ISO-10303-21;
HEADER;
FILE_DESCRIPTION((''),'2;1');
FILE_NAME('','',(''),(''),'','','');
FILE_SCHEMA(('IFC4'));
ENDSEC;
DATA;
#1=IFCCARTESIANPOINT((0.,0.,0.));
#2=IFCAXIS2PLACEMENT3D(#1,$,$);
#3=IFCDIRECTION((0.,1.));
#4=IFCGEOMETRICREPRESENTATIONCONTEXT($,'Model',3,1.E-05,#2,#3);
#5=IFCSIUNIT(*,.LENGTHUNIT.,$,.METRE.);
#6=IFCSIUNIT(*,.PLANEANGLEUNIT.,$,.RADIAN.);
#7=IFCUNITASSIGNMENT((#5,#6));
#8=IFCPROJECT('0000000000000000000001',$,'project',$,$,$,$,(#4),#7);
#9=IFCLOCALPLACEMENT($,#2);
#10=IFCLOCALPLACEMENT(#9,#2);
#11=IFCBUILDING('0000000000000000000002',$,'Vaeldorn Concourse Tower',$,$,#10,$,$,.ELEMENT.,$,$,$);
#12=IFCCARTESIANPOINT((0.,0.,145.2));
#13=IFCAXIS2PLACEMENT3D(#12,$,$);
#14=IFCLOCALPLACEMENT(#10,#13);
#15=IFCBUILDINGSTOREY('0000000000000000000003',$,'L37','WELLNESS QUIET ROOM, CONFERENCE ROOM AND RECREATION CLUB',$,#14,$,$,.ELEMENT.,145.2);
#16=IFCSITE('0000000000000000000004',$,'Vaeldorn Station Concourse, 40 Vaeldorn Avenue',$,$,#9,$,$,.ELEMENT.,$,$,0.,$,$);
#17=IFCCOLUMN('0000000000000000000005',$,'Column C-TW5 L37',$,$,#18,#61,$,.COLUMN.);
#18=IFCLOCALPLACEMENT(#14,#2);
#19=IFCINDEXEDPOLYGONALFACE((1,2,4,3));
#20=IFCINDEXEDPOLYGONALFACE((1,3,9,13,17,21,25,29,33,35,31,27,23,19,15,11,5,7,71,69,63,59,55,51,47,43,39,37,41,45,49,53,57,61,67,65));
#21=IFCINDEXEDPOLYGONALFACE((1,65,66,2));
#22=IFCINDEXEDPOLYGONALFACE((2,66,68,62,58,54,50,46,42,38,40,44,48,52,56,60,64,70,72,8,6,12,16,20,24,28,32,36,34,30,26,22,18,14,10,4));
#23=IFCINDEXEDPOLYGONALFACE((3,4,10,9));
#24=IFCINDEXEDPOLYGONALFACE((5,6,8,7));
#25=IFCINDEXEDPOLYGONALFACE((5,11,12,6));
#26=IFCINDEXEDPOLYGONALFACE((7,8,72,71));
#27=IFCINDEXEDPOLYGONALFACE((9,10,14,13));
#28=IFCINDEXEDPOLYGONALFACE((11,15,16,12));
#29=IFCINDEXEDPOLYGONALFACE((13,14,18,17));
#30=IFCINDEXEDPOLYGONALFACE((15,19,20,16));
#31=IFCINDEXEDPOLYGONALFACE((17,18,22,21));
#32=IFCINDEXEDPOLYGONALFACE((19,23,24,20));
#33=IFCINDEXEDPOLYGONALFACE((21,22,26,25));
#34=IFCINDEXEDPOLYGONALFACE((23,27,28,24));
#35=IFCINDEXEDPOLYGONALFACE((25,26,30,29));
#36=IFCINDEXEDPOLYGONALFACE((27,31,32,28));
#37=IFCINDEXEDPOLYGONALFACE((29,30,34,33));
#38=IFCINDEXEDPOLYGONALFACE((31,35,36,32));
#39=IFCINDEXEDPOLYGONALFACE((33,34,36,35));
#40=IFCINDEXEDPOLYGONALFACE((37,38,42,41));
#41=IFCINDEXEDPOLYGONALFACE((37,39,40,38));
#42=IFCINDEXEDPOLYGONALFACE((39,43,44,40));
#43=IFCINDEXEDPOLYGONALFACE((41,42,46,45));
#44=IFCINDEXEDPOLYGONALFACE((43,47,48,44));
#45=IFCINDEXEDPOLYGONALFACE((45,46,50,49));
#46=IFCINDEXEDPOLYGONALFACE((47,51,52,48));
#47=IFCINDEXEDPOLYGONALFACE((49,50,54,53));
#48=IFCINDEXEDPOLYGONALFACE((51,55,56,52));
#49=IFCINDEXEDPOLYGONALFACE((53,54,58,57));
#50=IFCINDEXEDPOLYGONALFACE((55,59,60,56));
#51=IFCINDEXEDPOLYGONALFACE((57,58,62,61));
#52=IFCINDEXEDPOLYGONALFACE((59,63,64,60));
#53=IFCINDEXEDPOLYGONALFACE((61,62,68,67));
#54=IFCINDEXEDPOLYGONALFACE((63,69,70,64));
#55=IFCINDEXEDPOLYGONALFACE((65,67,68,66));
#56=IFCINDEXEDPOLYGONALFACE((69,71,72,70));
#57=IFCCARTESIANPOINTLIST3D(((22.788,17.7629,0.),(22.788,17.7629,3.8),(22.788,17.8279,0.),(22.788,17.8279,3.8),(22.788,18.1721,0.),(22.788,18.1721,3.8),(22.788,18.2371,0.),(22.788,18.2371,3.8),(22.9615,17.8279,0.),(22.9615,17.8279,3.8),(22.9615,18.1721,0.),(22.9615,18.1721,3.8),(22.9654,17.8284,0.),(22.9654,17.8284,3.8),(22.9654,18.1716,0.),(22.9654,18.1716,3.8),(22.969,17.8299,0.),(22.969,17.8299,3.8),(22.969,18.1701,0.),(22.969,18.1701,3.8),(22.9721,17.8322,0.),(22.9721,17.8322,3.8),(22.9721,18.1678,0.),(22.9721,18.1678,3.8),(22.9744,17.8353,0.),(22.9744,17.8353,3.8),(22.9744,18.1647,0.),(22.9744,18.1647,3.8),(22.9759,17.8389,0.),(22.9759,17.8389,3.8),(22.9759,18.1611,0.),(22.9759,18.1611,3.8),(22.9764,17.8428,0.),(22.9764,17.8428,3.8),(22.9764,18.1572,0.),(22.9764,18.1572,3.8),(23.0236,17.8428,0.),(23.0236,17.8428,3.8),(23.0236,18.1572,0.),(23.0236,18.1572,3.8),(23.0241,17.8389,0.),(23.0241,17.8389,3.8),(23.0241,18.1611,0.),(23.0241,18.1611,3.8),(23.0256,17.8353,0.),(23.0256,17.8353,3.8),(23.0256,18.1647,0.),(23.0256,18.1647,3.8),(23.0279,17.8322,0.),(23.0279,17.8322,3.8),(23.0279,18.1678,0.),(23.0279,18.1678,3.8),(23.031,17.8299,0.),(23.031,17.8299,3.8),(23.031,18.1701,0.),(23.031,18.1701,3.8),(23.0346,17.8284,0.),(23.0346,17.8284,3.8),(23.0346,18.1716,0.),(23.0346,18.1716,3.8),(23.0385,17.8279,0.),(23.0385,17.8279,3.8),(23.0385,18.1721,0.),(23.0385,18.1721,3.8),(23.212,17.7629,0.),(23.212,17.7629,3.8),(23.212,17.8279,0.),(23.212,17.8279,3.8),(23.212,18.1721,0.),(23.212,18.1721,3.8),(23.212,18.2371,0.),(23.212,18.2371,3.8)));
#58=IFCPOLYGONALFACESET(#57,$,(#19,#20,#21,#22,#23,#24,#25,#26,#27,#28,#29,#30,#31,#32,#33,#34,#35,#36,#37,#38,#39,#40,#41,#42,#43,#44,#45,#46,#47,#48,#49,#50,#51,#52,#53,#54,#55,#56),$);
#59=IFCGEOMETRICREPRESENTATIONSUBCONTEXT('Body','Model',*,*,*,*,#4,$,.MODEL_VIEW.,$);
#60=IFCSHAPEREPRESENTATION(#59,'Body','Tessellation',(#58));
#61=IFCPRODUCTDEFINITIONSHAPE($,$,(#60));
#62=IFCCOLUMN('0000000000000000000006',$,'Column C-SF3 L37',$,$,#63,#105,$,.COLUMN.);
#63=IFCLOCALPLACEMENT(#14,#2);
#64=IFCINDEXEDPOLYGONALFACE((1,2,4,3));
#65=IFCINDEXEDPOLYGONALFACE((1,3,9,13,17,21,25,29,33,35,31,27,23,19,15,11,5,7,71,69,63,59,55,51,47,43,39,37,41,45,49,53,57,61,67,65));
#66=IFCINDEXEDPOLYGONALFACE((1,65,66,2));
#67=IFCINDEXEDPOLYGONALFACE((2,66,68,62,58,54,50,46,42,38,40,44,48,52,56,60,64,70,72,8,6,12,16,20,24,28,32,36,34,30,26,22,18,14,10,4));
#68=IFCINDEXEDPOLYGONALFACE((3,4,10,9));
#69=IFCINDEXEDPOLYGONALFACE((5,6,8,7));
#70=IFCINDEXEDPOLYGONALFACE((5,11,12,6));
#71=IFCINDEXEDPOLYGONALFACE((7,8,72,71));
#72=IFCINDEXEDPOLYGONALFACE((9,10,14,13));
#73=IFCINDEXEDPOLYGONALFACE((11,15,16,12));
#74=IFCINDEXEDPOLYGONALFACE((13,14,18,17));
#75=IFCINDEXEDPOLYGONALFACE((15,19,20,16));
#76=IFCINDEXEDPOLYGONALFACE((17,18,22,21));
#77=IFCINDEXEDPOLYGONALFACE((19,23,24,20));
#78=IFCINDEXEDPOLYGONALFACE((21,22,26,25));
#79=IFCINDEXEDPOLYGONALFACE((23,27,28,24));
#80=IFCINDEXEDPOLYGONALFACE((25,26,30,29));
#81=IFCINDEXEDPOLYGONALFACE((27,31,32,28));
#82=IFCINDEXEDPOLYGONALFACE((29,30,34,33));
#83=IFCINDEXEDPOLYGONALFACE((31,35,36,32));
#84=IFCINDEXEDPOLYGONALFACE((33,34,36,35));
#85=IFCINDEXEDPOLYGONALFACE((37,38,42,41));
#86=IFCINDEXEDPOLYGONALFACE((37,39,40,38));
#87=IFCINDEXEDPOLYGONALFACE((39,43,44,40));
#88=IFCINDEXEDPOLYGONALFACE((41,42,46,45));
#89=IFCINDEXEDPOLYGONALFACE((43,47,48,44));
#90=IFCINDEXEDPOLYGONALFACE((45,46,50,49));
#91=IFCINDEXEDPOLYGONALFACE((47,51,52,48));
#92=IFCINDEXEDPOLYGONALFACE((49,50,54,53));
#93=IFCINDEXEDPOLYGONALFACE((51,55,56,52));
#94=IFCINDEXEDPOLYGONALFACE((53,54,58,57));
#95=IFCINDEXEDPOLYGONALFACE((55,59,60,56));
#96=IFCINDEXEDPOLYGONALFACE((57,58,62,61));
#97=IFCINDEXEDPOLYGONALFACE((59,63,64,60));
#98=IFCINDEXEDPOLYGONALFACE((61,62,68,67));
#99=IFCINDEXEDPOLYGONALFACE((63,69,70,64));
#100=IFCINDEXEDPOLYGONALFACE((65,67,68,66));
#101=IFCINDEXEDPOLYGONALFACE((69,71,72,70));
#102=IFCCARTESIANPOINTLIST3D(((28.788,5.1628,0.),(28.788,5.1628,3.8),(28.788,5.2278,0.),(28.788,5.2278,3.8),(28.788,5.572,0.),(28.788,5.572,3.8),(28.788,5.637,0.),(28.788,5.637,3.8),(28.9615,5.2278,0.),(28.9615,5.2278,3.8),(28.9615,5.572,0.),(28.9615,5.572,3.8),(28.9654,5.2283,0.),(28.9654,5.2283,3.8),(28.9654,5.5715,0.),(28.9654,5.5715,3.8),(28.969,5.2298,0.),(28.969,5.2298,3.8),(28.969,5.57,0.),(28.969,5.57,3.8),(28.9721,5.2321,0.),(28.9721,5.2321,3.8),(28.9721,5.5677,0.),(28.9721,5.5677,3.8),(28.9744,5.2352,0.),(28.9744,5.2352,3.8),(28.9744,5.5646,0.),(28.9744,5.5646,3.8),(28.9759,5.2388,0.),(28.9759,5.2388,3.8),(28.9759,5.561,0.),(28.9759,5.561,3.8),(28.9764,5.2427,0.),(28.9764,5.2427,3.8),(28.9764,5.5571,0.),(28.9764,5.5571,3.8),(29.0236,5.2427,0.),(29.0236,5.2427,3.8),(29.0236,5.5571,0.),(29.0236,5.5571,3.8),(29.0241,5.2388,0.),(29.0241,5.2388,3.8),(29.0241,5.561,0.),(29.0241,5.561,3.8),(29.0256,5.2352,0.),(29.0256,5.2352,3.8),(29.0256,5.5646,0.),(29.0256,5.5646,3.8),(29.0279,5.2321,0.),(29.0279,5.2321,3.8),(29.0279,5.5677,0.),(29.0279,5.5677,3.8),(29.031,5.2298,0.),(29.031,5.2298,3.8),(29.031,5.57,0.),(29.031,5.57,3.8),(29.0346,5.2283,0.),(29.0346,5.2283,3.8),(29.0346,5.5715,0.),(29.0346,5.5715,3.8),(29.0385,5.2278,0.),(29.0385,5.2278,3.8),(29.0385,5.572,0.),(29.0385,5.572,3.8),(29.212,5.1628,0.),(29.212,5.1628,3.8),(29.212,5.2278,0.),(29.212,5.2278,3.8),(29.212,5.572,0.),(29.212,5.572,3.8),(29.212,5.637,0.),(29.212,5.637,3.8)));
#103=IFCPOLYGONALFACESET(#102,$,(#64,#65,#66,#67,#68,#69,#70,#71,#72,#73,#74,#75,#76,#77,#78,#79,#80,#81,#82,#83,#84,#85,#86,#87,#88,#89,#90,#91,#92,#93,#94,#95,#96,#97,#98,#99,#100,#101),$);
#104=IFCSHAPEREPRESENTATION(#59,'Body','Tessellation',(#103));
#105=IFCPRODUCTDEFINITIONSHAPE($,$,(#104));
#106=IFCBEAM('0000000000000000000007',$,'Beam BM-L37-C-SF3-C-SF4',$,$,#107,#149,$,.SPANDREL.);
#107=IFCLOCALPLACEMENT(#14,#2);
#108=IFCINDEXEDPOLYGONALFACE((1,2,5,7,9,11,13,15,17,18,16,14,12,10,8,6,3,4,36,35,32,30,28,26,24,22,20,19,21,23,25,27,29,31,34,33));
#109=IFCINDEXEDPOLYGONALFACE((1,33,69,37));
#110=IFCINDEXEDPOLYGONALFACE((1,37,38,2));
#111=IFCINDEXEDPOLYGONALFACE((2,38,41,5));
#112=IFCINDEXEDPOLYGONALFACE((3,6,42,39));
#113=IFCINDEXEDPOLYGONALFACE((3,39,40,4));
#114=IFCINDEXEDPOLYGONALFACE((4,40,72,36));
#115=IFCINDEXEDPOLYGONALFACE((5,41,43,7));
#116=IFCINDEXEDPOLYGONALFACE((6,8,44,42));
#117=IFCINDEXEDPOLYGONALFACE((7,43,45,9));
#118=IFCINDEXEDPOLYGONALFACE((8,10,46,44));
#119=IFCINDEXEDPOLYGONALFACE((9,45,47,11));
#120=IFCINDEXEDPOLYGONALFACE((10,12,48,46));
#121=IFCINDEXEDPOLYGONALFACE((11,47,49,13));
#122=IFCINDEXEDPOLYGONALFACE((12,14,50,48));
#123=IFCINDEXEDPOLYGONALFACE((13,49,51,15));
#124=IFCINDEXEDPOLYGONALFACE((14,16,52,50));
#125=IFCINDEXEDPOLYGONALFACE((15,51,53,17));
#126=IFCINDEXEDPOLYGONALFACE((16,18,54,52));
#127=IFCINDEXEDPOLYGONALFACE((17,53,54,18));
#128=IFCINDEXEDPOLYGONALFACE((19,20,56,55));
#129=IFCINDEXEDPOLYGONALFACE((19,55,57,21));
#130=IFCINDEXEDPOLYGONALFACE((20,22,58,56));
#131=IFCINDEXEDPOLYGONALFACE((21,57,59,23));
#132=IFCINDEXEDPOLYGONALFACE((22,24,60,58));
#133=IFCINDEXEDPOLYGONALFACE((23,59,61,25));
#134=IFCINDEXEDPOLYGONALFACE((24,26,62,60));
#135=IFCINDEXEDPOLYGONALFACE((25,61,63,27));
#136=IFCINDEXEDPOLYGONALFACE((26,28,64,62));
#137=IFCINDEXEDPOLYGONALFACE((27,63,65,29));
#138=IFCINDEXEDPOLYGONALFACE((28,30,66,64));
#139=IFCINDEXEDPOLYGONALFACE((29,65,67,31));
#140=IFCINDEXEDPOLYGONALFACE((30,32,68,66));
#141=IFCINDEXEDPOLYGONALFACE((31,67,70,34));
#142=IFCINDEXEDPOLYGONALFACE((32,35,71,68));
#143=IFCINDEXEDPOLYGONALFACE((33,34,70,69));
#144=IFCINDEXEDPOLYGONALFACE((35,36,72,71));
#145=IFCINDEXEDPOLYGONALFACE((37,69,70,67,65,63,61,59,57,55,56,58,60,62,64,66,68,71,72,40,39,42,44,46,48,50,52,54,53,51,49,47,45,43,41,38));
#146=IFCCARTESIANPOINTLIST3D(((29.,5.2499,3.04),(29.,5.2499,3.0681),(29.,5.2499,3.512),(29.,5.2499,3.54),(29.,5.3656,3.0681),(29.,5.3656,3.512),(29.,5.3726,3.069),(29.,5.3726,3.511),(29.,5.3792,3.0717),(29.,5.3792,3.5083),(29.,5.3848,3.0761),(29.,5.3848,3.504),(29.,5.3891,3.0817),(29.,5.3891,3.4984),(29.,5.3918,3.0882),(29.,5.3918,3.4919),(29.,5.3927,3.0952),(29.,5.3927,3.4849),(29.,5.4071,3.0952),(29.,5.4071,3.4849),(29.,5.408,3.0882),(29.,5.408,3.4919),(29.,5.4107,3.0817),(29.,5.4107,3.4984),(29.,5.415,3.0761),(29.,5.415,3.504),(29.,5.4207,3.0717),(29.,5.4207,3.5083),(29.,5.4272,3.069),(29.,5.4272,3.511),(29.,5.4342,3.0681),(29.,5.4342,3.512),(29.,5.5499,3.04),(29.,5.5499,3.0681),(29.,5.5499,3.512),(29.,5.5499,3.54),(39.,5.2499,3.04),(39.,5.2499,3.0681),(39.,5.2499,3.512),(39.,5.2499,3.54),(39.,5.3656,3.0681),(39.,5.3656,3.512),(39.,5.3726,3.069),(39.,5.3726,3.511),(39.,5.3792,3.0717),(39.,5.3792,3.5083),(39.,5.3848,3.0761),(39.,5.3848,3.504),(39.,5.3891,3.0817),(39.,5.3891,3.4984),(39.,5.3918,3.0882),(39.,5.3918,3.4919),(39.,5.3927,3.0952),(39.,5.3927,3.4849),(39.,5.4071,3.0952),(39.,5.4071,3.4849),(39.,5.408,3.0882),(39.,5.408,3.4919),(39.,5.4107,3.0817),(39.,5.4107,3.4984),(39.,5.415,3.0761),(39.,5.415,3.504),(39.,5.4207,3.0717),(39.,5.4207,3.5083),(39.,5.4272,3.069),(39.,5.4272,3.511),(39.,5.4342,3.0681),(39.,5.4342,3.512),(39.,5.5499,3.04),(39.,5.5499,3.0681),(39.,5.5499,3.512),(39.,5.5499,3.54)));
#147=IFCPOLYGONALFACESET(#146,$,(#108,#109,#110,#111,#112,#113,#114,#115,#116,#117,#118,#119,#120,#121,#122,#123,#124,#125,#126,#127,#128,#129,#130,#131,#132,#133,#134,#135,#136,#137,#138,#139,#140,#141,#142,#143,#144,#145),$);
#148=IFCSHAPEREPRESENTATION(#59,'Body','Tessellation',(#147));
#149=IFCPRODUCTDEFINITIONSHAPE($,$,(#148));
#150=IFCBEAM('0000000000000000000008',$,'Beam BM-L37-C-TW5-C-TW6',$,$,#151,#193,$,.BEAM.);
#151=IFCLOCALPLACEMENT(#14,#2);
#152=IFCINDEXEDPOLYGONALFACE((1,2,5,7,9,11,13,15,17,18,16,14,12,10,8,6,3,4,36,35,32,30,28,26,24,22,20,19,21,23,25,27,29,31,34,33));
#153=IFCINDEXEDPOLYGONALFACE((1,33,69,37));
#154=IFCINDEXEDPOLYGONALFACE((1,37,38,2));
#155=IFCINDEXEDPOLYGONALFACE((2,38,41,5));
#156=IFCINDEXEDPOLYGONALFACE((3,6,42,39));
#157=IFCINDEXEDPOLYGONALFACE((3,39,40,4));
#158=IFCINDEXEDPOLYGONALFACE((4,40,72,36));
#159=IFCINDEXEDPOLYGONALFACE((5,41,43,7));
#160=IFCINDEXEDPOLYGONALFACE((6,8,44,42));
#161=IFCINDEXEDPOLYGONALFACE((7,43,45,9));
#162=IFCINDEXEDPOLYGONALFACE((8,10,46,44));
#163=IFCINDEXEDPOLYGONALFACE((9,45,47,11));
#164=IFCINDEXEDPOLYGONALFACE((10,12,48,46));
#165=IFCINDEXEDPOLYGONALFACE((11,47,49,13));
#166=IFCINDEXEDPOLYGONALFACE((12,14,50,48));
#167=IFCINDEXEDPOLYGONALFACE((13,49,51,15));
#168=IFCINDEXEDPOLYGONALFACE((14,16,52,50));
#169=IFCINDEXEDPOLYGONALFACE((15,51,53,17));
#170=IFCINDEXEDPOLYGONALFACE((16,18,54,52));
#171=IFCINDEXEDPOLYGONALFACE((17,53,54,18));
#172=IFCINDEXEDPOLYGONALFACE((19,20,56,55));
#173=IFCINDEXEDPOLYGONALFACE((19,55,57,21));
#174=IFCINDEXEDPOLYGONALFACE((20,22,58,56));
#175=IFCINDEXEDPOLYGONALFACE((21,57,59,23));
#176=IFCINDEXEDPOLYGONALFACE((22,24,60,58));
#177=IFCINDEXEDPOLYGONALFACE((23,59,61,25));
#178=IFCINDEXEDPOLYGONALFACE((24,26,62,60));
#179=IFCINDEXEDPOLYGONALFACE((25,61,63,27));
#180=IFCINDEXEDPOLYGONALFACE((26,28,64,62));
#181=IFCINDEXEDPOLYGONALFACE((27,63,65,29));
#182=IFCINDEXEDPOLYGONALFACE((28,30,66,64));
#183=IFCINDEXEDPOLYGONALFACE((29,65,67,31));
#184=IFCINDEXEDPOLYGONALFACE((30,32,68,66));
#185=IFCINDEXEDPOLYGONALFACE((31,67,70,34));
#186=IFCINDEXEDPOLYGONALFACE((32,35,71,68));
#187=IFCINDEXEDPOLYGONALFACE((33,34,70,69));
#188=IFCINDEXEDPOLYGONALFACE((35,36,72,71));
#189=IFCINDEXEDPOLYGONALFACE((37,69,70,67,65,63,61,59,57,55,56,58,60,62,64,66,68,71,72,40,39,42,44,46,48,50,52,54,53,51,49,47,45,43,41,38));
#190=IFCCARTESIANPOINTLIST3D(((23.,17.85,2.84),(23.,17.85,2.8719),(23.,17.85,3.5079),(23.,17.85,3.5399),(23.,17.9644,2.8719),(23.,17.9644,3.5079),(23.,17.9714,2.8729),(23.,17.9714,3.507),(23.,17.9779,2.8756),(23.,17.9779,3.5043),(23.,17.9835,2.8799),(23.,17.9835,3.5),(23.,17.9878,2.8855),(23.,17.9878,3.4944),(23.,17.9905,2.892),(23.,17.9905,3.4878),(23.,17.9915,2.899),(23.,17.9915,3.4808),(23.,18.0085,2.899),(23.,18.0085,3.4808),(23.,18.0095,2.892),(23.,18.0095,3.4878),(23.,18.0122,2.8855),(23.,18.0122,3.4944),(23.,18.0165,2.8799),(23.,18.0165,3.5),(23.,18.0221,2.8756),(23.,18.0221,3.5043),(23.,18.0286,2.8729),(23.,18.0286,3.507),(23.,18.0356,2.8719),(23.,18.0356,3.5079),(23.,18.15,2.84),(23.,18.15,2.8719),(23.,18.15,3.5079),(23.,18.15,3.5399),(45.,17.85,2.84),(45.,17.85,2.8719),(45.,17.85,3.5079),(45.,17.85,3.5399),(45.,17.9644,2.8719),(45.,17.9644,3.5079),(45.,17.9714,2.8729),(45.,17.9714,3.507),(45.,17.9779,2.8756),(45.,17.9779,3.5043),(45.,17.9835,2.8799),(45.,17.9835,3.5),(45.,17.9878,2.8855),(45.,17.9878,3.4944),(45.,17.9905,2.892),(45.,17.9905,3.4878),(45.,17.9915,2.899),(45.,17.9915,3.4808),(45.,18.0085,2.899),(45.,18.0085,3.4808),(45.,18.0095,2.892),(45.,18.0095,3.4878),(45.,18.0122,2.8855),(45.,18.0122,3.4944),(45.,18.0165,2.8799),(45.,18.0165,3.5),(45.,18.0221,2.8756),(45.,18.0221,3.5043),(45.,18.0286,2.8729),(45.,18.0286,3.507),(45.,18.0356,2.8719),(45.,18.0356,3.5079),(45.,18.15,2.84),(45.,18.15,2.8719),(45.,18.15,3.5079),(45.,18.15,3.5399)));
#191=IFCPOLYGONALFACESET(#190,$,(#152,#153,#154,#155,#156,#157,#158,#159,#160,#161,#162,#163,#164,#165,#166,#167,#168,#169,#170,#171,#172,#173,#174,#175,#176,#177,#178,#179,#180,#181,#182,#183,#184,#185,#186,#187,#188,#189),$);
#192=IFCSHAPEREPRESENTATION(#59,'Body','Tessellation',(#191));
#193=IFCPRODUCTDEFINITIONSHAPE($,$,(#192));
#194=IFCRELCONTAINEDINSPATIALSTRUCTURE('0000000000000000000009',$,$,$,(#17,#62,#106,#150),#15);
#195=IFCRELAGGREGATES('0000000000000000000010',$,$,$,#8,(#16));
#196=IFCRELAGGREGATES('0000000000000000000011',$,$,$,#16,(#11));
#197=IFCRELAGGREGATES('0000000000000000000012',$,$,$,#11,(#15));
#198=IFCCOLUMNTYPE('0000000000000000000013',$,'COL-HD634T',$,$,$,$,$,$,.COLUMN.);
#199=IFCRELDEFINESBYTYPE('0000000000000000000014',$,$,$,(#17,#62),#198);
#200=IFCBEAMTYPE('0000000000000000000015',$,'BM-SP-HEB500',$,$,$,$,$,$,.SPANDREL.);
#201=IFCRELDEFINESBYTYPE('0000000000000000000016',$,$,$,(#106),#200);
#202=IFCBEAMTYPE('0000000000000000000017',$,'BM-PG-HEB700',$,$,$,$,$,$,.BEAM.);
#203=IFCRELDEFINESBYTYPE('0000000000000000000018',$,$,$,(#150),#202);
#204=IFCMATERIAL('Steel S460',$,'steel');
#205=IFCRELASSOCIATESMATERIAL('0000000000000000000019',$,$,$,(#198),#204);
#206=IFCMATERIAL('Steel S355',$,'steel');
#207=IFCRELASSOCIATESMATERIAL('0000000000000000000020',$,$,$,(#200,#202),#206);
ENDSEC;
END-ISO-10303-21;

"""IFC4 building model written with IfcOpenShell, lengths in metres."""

from ifc_helpers import new_model, si_unit, direction, frame, origin, origin_2d, place, context, subcontext, project, spatial, i_section, extrude, source, transform, mapped, material, material_profile, profile_set, type_object, element, save


model = new_model("IFC4")

# Units and contexts
model_context = context("Model", 3, precision=1e-05, world=origin(), true_north=direction((0.0, 1.0)))
body_context = subcontext(model_context, "Body", "Model", "MODEL_VIEW")
ifc_project = project(units=[si_unit("LENGTHUNIT", "METRE"), si_unit("PLANEANGLEUNIT", "RADIAN")], contexts=[model_context])

# Site, building, storey
site_placement = place(None, origin())
site = spatial("IfcSite", under=ifc_project, at=site_placement, Name="Vaeldorn Station Concourse, 40 Vaeldorn Avenue", CompositionType="ELEMENT", RefElevation=0.0)
building_placement = place(site_placement, origin())
building = spatial("IfcBuilding", under=site, at=building_placement, Name="Vaeldorn Concourse Tower", CompositionType="ELEMENT")
storey_placement = place(building_placement, frame((0.0, 0.0, 145.2)))
storey = spatial("IfcBuildingStorey", under=building, at=storey_placement, Name="L37", Description="WELLNESS QUIET ROOM, CONFERENCE ROOM AND RECREATION CLUB", CompositionType="ELEMENT", Elevation=145.2)

# Columns
ifc_material_1 = material(Name="Steel S460", Category="steel")
ifc_material_profile_1 = material_profile(ifc_material_1, i_section(OverallWidth=0.4241, OverallDepth=0.4741, WebThickness=0.0471, FlangeThickness=0.0649, FilletRadius=0.0149, at=origin_2d()), Name="HD 400x634")
ifc_profile_set_1 = profile_set([ifc_material_profile_1], Name="Steel S460")
column_type = type_object("IfcColumnType", Name="COL-HD634T", PredefinedType="COLUMN", material=ifc_profile_set_1)
shared_shape_1 = source(origin(), body_context, "Body", "SweptSolid", [
    extrude(i_section(OverallWidth=0.4241, OverallDepth=0.4741, WebThickness=0.0471, FlangeThickness=0.0649, FilletRadius=0.0149, at=origin_2d()), origin(), (0.0, 0.0, 1.0), 3.8),
])
for number, where, z_axis, x_axis, name in (
    (1, (23.0, 18.0, 0.0), (0.0, 0.0, 1.0), (1.0, 0.0, 0.0), "Column C-TW5 L37"),
    (2, (29.0, 5.3999, 0.0), (0.0, 0.0, 1.0), (1.0, 0.0, 0.0), "Column C-SF3 L37"),
):
    element("IfcColumn", number, at=place(storey_placement, frame(where, z_axis=z_axis, x_axis=x_axis)), inside=storey, type_object=column_type, Name=name, PredefinedType="COLUMN", context=body_context, shape_type="MappedRepresentation", body=[
        mapped(shared_shape_1, transform((0.0, 0.0, 0.0), scale=1.0)),
    ])

# Beams
ifc_material_2 = material(Name="Steel S355", Category="steel")
ifc_material_profile_2 = material_profile(ifc_material_2, i_section(OverallWidth=0.3, OverallDepth=0.5, WebThickness=0.0144, FlangeThickness=0.0281, FilletRadius=0.0271, at=origin_2d()), Name="HEB 500")
ifc_profile_set_2 = profile_set([ifc_material_profile_2], Name="Steel S355")
beam_type_1 = type_object("IfcBeamType", Name="BM-SP-HEB500", PredefinedType="SPANDREL", material=ifc_profile_set_2)
shared_shape_2 = source(origin(), body_context, "Body", "SweptSolid", [
    extrude(i_section(OverallWidth=0.3, OverallDepth=0.5, WebThickness=0.0144, FlangeThickness=0.0281, FilletRadius=0.0271, at=origin_2d()), origin(), (0.0, 0.0, 1.0), 10.0),
])
beam_1_placement = place(storey_placement, frame((29.0, 5.3999, 3.29), z_axis=(1.0, 0.0, 0.0), x_axis=(0.0, 1.0, 0.0)))
element("IfcBeam", 3, at=beam_1_placement, inside=storey, type_object=beam_type_1, Name="Beam BM-L37-C-SF3-C-SF4", PredefinedType="SPANDREL", context=body_context, shape_type="MappedRepresentation", body=[
    mapped(shared_shape_2, transform((0.0, 0.0, 0.0), scale=1.0)),
])
ifc_material_profile_3 = material_profile(ifc_material_2, i_section(OverallWidth=0.3, OverallDepth=0.7, WebThickness=0.0171, FlangeThickness=0.032, FilletRadius=0.0271, at=origin_2d()), Name="HEB 700")
ifc_profile_set_3 = profile_set([ifc_material_profile_3], Name="Steel S355")
beam_type_2 = type_object("IfcBeamType", Name="BM-PG-HEB700", PredefinedType="BEAM", material=ifc_profile_set_3)
shared_shape_3 = source(origin(), body_context, "Body", "SweptSolid", [
    extrude(i_section(OverallWidth=0.3, OverallDepth=0.7, WebThickness=0.0171, FlangeThickness=0.032, FilletRadius=0.0271, at=origin_2d()), origin(), (0.0, 0.0, 1.0), 22.0),
])
beam_2_placement = place(storey_placement, frame((23.0, 18.0, 3.1899), z_axis=(1.0, 0.0, 0.0), x_axis=(0.0, 1.0, 0.0)))
element("IfcBeam", 4, at=beam_2_placement, inside=storey, type_object=beam_type_2, Name="Beam BM-L37-C-TW5-C-TW6", PredefinedType="BEAM", context=body_context, shape_type="MappedRepresentation", body=[
    mapped(shared_shape_3, transform((0.0, 0.0, 0.0), scale=1.0)),
])

save(model, "model.ifc")
